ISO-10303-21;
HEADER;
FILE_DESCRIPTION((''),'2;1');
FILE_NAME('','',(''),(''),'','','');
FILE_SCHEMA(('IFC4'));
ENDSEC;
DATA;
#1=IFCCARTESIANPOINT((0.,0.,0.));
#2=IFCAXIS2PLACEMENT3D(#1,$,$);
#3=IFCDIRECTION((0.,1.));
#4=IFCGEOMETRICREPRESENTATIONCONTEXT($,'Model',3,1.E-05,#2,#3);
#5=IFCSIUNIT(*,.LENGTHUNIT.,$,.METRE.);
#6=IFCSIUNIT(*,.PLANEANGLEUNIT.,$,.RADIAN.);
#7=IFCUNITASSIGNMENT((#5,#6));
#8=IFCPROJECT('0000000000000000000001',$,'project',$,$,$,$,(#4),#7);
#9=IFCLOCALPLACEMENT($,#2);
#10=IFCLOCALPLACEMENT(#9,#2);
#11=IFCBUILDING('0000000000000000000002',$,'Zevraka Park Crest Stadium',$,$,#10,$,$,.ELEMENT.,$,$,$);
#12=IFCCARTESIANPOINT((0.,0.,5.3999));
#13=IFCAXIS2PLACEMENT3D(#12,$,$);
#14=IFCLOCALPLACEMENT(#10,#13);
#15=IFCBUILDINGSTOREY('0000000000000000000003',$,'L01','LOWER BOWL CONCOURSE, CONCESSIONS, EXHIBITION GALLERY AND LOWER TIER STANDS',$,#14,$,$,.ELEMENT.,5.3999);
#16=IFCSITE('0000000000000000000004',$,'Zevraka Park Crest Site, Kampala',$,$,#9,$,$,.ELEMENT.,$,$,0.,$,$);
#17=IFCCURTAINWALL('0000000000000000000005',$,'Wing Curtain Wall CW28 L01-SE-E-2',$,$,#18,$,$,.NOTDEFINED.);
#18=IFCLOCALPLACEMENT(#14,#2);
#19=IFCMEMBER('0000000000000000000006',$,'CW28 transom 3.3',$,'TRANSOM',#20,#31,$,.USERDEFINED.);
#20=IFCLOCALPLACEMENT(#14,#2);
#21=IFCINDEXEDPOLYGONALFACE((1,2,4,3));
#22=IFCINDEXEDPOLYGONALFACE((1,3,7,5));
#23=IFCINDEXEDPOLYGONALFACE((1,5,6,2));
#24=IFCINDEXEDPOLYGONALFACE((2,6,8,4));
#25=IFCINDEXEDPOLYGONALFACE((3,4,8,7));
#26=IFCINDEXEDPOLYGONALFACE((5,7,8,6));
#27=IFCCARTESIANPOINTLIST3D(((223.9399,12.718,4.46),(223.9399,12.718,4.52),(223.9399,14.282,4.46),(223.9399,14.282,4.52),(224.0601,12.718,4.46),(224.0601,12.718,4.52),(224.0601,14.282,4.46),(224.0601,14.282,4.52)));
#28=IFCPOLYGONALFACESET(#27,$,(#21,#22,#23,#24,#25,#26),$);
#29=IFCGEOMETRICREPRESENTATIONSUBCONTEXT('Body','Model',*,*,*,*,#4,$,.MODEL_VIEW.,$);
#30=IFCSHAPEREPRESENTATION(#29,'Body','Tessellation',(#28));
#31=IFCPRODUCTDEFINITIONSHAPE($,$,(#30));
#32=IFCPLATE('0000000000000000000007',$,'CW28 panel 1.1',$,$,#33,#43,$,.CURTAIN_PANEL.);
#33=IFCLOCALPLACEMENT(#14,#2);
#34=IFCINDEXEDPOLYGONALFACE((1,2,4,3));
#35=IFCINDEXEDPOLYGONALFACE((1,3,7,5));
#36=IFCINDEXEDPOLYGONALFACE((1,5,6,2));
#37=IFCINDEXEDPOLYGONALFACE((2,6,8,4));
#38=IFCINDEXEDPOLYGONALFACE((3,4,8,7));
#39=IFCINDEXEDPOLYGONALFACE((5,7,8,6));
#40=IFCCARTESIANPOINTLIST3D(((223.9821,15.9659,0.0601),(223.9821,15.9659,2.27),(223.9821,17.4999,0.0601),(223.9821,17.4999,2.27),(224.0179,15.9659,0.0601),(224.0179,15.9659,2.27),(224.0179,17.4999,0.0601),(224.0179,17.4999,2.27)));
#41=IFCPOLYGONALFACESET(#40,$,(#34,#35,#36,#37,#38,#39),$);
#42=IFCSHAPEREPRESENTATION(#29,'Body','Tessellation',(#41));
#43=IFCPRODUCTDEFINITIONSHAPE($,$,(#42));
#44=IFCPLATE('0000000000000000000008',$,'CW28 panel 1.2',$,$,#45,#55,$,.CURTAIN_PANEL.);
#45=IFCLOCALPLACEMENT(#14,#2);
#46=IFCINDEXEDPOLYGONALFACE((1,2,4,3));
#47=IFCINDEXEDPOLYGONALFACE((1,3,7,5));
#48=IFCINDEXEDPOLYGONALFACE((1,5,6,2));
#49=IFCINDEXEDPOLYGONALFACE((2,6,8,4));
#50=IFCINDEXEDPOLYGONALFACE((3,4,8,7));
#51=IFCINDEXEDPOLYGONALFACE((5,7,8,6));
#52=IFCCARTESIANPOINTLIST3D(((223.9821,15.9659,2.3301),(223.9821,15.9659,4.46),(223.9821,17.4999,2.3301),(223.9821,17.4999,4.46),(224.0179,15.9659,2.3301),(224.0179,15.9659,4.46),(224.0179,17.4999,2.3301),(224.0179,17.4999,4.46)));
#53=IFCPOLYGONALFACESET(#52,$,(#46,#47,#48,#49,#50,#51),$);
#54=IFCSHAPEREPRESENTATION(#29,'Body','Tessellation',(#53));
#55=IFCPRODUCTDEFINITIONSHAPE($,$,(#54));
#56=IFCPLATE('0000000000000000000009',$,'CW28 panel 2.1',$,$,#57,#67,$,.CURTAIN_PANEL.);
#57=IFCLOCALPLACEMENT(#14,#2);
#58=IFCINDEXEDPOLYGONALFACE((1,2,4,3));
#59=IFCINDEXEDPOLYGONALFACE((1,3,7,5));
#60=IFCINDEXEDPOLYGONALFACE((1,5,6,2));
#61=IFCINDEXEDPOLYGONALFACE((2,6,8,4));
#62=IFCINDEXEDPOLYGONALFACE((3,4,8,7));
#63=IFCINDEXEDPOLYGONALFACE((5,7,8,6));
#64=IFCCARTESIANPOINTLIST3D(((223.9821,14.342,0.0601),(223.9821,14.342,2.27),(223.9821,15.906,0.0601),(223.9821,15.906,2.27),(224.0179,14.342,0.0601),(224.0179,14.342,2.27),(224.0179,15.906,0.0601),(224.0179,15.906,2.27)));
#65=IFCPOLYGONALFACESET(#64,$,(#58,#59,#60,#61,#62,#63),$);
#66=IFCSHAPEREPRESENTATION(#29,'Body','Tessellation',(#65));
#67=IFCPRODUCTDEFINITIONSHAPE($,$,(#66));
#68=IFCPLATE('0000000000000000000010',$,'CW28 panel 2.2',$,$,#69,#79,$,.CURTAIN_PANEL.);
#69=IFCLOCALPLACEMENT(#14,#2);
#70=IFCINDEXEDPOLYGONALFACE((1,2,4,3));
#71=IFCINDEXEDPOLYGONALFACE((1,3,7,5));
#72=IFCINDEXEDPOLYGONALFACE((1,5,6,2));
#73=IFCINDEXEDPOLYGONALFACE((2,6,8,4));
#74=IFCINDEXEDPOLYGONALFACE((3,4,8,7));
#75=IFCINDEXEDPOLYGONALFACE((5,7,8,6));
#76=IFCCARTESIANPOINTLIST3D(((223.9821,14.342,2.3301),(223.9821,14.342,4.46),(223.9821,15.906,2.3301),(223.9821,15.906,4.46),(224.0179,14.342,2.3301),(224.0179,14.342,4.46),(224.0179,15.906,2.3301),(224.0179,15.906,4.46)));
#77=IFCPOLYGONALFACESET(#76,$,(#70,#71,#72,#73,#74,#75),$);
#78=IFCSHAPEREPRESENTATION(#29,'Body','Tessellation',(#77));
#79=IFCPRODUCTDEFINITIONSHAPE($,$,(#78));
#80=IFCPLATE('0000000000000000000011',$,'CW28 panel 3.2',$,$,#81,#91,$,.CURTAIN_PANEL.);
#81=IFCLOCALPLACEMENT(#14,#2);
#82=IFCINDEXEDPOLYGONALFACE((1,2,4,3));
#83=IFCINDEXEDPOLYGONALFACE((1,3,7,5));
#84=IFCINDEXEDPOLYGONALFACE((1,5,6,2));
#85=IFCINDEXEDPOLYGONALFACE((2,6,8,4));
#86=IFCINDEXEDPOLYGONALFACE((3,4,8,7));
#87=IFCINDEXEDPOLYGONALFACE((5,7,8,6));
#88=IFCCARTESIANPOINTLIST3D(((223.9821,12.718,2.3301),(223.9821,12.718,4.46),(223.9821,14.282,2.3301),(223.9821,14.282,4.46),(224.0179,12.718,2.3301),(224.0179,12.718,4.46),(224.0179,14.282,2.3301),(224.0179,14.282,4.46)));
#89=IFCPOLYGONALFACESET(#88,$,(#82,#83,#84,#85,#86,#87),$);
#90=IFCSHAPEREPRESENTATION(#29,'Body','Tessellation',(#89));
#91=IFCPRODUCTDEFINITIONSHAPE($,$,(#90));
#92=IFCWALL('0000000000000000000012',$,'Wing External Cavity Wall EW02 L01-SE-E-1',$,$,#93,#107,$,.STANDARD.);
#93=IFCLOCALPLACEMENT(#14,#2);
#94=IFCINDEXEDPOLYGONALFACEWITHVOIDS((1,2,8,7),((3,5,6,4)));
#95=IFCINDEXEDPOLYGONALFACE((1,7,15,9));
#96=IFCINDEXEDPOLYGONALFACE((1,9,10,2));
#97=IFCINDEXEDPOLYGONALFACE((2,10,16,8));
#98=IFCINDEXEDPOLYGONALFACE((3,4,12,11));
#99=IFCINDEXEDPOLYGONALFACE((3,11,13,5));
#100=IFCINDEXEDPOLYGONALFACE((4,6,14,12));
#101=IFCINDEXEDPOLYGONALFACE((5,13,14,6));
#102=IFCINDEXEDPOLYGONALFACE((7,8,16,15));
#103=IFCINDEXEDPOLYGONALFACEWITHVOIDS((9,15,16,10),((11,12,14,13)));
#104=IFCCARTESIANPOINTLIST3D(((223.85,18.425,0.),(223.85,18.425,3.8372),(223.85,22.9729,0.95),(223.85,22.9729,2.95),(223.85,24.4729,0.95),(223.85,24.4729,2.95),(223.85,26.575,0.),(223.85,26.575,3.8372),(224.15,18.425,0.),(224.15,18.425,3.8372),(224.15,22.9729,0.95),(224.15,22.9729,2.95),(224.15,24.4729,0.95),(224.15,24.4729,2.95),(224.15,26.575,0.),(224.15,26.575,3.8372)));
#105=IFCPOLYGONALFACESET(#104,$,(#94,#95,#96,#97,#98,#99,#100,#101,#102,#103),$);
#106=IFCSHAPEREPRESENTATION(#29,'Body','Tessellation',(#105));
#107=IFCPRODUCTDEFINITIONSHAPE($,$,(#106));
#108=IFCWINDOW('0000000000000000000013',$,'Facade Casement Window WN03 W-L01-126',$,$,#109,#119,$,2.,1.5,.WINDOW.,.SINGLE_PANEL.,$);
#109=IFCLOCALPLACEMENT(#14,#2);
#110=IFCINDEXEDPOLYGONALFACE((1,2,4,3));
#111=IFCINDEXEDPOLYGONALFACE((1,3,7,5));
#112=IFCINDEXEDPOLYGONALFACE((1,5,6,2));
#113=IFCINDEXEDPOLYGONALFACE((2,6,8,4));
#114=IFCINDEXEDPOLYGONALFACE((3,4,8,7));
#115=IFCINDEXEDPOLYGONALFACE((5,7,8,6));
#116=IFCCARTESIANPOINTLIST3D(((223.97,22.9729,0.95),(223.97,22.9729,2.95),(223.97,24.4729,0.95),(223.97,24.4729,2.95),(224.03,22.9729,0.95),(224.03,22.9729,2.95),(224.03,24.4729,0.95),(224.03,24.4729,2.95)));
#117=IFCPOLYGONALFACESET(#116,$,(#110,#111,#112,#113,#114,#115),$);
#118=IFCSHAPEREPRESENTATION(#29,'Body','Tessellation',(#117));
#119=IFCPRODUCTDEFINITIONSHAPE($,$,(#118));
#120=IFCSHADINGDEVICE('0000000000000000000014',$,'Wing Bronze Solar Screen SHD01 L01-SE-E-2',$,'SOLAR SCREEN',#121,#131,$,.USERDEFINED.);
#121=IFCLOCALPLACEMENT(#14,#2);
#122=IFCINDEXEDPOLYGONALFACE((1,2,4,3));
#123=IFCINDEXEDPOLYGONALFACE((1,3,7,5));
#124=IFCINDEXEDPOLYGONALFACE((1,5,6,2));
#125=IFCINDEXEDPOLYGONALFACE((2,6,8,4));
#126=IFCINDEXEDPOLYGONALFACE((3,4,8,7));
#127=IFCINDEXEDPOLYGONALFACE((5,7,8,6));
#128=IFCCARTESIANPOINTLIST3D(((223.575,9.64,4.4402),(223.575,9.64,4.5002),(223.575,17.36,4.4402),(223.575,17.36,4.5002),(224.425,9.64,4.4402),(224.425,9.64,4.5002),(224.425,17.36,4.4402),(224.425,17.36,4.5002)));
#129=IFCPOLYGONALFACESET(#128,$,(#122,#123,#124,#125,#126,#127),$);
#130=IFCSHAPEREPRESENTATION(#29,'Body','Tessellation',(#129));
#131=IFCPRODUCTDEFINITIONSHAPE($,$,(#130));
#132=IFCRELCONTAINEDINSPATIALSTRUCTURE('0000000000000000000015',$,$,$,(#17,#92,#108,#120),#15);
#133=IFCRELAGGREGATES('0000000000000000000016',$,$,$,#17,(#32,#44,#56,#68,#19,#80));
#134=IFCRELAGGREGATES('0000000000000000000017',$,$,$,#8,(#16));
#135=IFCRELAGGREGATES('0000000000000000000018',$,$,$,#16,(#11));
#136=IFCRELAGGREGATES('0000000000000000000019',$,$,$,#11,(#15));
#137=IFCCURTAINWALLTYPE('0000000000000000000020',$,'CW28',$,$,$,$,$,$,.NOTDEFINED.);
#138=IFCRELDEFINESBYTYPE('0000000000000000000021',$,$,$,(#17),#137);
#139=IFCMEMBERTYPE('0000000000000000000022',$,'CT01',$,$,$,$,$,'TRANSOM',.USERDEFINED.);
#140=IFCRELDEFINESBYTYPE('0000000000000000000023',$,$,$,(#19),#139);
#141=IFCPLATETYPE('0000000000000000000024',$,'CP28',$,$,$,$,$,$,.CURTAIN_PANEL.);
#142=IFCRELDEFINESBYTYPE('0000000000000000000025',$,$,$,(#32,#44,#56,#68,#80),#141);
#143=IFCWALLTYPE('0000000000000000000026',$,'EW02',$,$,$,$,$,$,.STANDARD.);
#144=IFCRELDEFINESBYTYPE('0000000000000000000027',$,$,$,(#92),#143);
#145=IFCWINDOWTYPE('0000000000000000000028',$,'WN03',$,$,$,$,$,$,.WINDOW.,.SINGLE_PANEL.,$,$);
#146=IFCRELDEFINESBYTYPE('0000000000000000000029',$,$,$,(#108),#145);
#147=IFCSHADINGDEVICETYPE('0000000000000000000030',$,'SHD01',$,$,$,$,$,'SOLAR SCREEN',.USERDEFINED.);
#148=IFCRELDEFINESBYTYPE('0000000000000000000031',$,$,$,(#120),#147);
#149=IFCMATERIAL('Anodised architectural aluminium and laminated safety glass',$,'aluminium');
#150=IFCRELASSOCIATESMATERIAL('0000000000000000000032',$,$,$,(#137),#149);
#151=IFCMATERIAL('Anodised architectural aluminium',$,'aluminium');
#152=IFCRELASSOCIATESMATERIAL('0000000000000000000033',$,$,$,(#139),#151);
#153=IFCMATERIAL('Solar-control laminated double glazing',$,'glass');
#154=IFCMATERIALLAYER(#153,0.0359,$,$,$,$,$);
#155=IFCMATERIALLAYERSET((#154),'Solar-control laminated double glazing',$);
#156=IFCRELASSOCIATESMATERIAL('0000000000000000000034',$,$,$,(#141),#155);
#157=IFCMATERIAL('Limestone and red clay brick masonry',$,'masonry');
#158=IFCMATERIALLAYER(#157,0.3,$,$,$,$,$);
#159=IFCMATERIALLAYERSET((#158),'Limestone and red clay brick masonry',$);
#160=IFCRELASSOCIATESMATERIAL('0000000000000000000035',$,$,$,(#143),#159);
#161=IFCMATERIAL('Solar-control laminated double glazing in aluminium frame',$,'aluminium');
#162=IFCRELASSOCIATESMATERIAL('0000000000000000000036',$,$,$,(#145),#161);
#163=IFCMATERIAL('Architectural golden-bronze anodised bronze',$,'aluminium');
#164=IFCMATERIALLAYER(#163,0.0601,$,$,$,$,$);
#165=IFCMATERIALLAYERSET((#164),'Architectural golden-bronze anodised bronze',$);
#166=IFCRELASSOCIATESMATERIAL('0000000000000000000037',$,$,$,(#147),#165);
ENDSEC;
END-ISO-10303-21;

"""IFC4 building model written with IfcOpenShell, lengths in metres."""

from ifc_helpers import new_model, si_unit, direction, frame, frame_2d, origin, origin_2d, place, context, subcontext, project, spatial, rectangle, extrude, material, layer, layer_set, material_profile, profile_set, type_object, element, fill, aggregate, save


model = new_model("IFC4")

# Units and contexts
model_context = context("Model", 3, precision=1e-05, world=origin(), true_north=direction((0.0, 1.0)))
body_context = subcontext(model_context, "Body", "Model", "MODEL_VIEW")
ifc_project = project(units=[si_unit("LENGTHUNIT", "METRE"), si_unit("PLANEANGLEUNIT", "RADIAN")], contexts=[model_context])

# Site, building, storey
site_placement = place(None, origin())
site = spatial("IfcSite", under=ifc_project, at=site_placement, Name="Zevraka Park Crest Site, Kampala", CompositionType="ELEMENT", RefElevation=0.0)
building_placement = place(site_placement, origin())
building = spatial("IfcBuilding", under=site, at=building_placement, Name="Zevraka Park Crest Stadium", CompositionType="ELEMENT")
storey_placement = place(building_placement, frame((0.0, 0.0, 5.3999)))
storey = spatial("IfcBuildingStorey", under=building, at=storey_placement, Name="L01", Description="LOWER BOWL CONCOURSE, CONCESSIONS, EXHIBITION GALLERY AND LOWER TIER STANDS", CompositionType="ELEMENT", Elevation=5.3999)

# Curtain wall, member, plates
ifc_material_1 = material(Name="Anodised architectural aluminium and laminated safety glass", Category="aluminium")
curtain_wall_type = type_object("IfcCurtainWallType", Name="CW28", PredefinedType="NOTDEFINED", material=ifc_material_1)
curtain_wall_placement = place(storey_placement, origin())
curtain_wall = element("IfcCurtainWall", 1, at=curtain_wall_placement, inside=storey, type_object=curtain_wall_type, Name="Wing Curtain Wall CW28 L01-SE-E-2", PredefinedType="NOTDEFINED")
ifc_material_2 = material(Name="Anodised architectural aluminium", Category="aluminium")
ifc_material_profile_1 = material_profile(ifc_material_2, rectangle(XDim=0.1201, YDim=0.0601, at=origin_2d()), Name="ALU TRANSOM 120x60")
ifc_profile_set_1 = profile_set([ifc_material_profile_1], Name="Anodised architectural aluminium")
member_type_1 = type_object("IfcMemberType", Name="CT01", ElementType="TRANSOM", PredefinedType="USERDEFINED", material=ifc_profile_set_1)
member_1_placement = place(storey_placement, frame((224.0, 14.282, 4.49), z_axis=(0.0, -1.0, 0.0), x_axis=(1.0, 0.0, 0.0)))
member_1 = element("IfcMember", 2, at=member_1_placement, type_object=member_type_1, Name="CW28 transom 3.3", ObjectType="TRANSOM", PredefinedType="USERDEFINED", context=body_context, shape_type="SweptSolid", body=[
    extrude(rectangle(XDim=0.1201, YDim=0.0601, at=origin_2d()), origin(), (0.0, 0.0, 1.0), 1.564),
])
ifc_material_3 = material(Name="Solar-control laminated double glazing", Category="glass")
ifc_layer_1 = layer(ifc_material_3, 0.0359)
ifc_layer_set_1 = layer_set([ifc_layer_1], Name="Solar-control laminated double glazing")
plate_type = type_object("IfcPlateType", Name="CP28", PredefinedType="CURTAIN_PANEL", material=ifc_layer_set_1)
plate_1_placement = place(storey_placement, frame((224.0, 16.7329, 0.0601), z_axis=(0.0, 0.0, 1.0), x_axis=(0.0, -1.0, 0.0)))
plate_1 = element("IfcPlate", 3, at=plate_1_placement, type_object=plate_type, Name="CW28 panel 1.1", PredefinedType="CURTAIN_PANEL", context=body_context, shape_type="SweptSolid", body=[
    extrude(rectangle(XDim=1.5339, YDim=0.0359, at=origin_2d()), origin(), (0.0, 0.0, 1.0), 2.21),
])
plate_2_placement = place(storey_placement, frame((224.0, 16.7329, 2.3301), z_axis=(0.0, 0.0, 1.0), x_axis=(0.0, -1.0, 0.0)))
plate_2 = element("IfcPlate", 4, at=plate_2_placement, type_object=plate_type, Name="CW28 panel 1.2", PredefinedType="CURTAIN_PANEL", context=body_context, shape_type="SweptSolid", body=[
    extrude(rectangle(XDim=1.5339, YDim=0.0359, at=origin_2d()), origin(), (0.0, 0.0, 1.0), 2.1299),
])
plate_3_placement = place(storey_placement, frame((224.0, 15.124, 0.0601), z_axis=(0.0, 0.0, 1.0), x_axis=(0.0, -1.0, 0.0)))
plate_3 = element("IfcPlate", 5, at=plate_3_placement, type_object=plate_type, Name="CW28 panel 2.1", PredefinedType="CURTAIN_PANEL", context=body_context, shape_type="SweptSolid", body=[
    extrude(rectangle(XDim=1.564, YDim=0.0359, at=origin_2d()), origin(), (0.0, 0.0, 1.0), 2.21),
])
plate_4_placement = place(storey_placement, frame((224.0, 15.124, 2.3301), z_axis=(0.0, 0.0, 1.0), x_axis=(0.0, -1.0, 0.0)))
plate_4 = element("IfcPlate", 6, at=plate_4_placement, type_object=plate_type, Name="CW28 panel 2.2", PredefinedType="CURTAIN_PANEL", context=body_context, shape_type="SweptSolid", body=[
    extrude(rectangle(XDim=1.564, YDim=0.0359, at=origin_2d()), origin(), (0.0, 0.0, 1.0), 2.1299),
])
plate_5_placement = place(storey_placement, frame((224.0, 13.5, 2.3301), z_axis=(0.0, 0.0, 1.0), x_axis=(0.0, -1.0, 0.0)))
plate_5 = element("IfcPlate", 7, at=plate_5_placement, type_object=plate_type, Name="CW28 panel 3.2", PredefinedType="CURTAIN_PANEL", context=body_context, shape_type="SweptSolid", body=[
    extrude(rectangle(XDim=1.564, YDim=0.0359, at=origin_2d()), origin(), (0.0, 0.0, 1.0), 2.1299),
])
aggregate(curtain_wall, [plate_1, plate_2, plate_3, plate_4, member_1, plate_5])

# Wall, opening, window
ifc_material_4 = material(Name="Limestone and red clay brick masonry", Category="masonry")
ifc_layer_2 = layer(ifc_material_4, 0.3)
ifc_layer_set_2 = layer_set([ifc_layer_2], Name="Limestone and red clay brick masonry")
wall_type = type_object("IfcWallType", Name="EW02", PredefinedType="STANDARD", material=ifc_layer_set_2)
wall_placement = place(storey_placement, frame((224.0, 26.575, 0.0), z_axis=(0.0, 0.0, 1.0), x_axis=(0.0, -1.0, 0.0)))
wall = element("IfcWall", 8, at=wall_placement, inside=storey, type_object=wall_type, Name="Wing External Cavity Wall EW02 L01-SE-E-1", PredefinedType="STANDARD", context=body_context, shape_type="SweptSolid", body=[
    extrude(rectangle(XDim=8.1499, YDim=0.3, at=frame_2d((4.075, 0.0))), origin(), (0.0, 0.0, 1.0), 3.8372),
])
opening_placement = place(wall_placement, frame((2.1021, 0.0, 0.95)))
opening = element("IfcOpeningElement", 9, at=opening_placement, cuts=wall, PredefinedType="OPENING", context=body_context, shape_type="SweptSolid", body=[
    extrude(rectangle(XDim=1.5, YDim=2.0, at=frame_2d((0.75, 1.0))), frame((0.0, 0.1599, 0.0), z_axis=(0.0, -1.0, 0.0), x_axis=(1.0, 0.0, 0.0)), (0.0, 0.0, 1.0), 0.3201),
])
ifc_material_5 = material(Name="Solar-control laminated double glazing in aluminium frame", Category="aluminium")
window_type = type_object("IfcWindowType", Name="WN03", PartitioningType="SINGLE_PANEL", PredefinedType="WINDOW", material=ifc_material_5)
window_placement = place(opening_placement, origin())
window = element("IfcWindow", 10, at=window_placement, inside=storey, type_object=window_type, Name="Facade Casement Window WN03 W-L01-126", OverallHeight=2.0, OverallWidth=1.5, PartitioningType="SINGLE_PANEL", PredefinedType="WINDOW", context=body_context, shape_type="SweptSolid", body=[
    extrude(rectangle(XDim=1.5, YDim=2.0, at=frame_2d((0.75, 1.0))), frame((0.0, 0.03, 0.0), z_axis=(0.0, -1.0, 0.0), x_axis=(1.0, 0.0, 0.0)), (0.0, 0.0, 1.0), 0.0601),
])
fill(opening, window)

# Shading device
ifc_material_6 = material(Name="Architectural golden-bronze anodised bronze", Category="aluminium")
ifc_layer_3 = layer(ifc_material_6, 0.0601)
ifc_layer_set_3 = layer_set([ifc_layer_3], Name="Architectural golden-bronze anodised bronze")
shading_device_type = type_object("IfcShadingDeviceType", Name="SHD01", ElementType="SOLAR SCREEN", PredefinedType="USERDEFINED", material=ifc_layer_set_3)
shading_device_placement = place(storey_placement, frame((224.0, 13.5, 4.4402), z_axis=(0.0, 0.0, 1.0), x_axis=(0.0, -1.0, 0.0)))
element("IfcShadingDevice", 11, at=shading_device_placement, inside=storey, type_object=shading_device_type, Name="Wing Bronze Solar Screen SHD01 L01-SE-E-2", ObjectType="SOLAR SCREEN", PredefinedType="USERDEFINED", context=body_context, shape_type="SweptSolid", body=[
    extrude(rectangle(XDim=7.72, YDim=0.8501, at=origin_2d()), origin(), (0.0, 0.0, 1.0), 0.0601),
])

save(model, "model.ifc")
